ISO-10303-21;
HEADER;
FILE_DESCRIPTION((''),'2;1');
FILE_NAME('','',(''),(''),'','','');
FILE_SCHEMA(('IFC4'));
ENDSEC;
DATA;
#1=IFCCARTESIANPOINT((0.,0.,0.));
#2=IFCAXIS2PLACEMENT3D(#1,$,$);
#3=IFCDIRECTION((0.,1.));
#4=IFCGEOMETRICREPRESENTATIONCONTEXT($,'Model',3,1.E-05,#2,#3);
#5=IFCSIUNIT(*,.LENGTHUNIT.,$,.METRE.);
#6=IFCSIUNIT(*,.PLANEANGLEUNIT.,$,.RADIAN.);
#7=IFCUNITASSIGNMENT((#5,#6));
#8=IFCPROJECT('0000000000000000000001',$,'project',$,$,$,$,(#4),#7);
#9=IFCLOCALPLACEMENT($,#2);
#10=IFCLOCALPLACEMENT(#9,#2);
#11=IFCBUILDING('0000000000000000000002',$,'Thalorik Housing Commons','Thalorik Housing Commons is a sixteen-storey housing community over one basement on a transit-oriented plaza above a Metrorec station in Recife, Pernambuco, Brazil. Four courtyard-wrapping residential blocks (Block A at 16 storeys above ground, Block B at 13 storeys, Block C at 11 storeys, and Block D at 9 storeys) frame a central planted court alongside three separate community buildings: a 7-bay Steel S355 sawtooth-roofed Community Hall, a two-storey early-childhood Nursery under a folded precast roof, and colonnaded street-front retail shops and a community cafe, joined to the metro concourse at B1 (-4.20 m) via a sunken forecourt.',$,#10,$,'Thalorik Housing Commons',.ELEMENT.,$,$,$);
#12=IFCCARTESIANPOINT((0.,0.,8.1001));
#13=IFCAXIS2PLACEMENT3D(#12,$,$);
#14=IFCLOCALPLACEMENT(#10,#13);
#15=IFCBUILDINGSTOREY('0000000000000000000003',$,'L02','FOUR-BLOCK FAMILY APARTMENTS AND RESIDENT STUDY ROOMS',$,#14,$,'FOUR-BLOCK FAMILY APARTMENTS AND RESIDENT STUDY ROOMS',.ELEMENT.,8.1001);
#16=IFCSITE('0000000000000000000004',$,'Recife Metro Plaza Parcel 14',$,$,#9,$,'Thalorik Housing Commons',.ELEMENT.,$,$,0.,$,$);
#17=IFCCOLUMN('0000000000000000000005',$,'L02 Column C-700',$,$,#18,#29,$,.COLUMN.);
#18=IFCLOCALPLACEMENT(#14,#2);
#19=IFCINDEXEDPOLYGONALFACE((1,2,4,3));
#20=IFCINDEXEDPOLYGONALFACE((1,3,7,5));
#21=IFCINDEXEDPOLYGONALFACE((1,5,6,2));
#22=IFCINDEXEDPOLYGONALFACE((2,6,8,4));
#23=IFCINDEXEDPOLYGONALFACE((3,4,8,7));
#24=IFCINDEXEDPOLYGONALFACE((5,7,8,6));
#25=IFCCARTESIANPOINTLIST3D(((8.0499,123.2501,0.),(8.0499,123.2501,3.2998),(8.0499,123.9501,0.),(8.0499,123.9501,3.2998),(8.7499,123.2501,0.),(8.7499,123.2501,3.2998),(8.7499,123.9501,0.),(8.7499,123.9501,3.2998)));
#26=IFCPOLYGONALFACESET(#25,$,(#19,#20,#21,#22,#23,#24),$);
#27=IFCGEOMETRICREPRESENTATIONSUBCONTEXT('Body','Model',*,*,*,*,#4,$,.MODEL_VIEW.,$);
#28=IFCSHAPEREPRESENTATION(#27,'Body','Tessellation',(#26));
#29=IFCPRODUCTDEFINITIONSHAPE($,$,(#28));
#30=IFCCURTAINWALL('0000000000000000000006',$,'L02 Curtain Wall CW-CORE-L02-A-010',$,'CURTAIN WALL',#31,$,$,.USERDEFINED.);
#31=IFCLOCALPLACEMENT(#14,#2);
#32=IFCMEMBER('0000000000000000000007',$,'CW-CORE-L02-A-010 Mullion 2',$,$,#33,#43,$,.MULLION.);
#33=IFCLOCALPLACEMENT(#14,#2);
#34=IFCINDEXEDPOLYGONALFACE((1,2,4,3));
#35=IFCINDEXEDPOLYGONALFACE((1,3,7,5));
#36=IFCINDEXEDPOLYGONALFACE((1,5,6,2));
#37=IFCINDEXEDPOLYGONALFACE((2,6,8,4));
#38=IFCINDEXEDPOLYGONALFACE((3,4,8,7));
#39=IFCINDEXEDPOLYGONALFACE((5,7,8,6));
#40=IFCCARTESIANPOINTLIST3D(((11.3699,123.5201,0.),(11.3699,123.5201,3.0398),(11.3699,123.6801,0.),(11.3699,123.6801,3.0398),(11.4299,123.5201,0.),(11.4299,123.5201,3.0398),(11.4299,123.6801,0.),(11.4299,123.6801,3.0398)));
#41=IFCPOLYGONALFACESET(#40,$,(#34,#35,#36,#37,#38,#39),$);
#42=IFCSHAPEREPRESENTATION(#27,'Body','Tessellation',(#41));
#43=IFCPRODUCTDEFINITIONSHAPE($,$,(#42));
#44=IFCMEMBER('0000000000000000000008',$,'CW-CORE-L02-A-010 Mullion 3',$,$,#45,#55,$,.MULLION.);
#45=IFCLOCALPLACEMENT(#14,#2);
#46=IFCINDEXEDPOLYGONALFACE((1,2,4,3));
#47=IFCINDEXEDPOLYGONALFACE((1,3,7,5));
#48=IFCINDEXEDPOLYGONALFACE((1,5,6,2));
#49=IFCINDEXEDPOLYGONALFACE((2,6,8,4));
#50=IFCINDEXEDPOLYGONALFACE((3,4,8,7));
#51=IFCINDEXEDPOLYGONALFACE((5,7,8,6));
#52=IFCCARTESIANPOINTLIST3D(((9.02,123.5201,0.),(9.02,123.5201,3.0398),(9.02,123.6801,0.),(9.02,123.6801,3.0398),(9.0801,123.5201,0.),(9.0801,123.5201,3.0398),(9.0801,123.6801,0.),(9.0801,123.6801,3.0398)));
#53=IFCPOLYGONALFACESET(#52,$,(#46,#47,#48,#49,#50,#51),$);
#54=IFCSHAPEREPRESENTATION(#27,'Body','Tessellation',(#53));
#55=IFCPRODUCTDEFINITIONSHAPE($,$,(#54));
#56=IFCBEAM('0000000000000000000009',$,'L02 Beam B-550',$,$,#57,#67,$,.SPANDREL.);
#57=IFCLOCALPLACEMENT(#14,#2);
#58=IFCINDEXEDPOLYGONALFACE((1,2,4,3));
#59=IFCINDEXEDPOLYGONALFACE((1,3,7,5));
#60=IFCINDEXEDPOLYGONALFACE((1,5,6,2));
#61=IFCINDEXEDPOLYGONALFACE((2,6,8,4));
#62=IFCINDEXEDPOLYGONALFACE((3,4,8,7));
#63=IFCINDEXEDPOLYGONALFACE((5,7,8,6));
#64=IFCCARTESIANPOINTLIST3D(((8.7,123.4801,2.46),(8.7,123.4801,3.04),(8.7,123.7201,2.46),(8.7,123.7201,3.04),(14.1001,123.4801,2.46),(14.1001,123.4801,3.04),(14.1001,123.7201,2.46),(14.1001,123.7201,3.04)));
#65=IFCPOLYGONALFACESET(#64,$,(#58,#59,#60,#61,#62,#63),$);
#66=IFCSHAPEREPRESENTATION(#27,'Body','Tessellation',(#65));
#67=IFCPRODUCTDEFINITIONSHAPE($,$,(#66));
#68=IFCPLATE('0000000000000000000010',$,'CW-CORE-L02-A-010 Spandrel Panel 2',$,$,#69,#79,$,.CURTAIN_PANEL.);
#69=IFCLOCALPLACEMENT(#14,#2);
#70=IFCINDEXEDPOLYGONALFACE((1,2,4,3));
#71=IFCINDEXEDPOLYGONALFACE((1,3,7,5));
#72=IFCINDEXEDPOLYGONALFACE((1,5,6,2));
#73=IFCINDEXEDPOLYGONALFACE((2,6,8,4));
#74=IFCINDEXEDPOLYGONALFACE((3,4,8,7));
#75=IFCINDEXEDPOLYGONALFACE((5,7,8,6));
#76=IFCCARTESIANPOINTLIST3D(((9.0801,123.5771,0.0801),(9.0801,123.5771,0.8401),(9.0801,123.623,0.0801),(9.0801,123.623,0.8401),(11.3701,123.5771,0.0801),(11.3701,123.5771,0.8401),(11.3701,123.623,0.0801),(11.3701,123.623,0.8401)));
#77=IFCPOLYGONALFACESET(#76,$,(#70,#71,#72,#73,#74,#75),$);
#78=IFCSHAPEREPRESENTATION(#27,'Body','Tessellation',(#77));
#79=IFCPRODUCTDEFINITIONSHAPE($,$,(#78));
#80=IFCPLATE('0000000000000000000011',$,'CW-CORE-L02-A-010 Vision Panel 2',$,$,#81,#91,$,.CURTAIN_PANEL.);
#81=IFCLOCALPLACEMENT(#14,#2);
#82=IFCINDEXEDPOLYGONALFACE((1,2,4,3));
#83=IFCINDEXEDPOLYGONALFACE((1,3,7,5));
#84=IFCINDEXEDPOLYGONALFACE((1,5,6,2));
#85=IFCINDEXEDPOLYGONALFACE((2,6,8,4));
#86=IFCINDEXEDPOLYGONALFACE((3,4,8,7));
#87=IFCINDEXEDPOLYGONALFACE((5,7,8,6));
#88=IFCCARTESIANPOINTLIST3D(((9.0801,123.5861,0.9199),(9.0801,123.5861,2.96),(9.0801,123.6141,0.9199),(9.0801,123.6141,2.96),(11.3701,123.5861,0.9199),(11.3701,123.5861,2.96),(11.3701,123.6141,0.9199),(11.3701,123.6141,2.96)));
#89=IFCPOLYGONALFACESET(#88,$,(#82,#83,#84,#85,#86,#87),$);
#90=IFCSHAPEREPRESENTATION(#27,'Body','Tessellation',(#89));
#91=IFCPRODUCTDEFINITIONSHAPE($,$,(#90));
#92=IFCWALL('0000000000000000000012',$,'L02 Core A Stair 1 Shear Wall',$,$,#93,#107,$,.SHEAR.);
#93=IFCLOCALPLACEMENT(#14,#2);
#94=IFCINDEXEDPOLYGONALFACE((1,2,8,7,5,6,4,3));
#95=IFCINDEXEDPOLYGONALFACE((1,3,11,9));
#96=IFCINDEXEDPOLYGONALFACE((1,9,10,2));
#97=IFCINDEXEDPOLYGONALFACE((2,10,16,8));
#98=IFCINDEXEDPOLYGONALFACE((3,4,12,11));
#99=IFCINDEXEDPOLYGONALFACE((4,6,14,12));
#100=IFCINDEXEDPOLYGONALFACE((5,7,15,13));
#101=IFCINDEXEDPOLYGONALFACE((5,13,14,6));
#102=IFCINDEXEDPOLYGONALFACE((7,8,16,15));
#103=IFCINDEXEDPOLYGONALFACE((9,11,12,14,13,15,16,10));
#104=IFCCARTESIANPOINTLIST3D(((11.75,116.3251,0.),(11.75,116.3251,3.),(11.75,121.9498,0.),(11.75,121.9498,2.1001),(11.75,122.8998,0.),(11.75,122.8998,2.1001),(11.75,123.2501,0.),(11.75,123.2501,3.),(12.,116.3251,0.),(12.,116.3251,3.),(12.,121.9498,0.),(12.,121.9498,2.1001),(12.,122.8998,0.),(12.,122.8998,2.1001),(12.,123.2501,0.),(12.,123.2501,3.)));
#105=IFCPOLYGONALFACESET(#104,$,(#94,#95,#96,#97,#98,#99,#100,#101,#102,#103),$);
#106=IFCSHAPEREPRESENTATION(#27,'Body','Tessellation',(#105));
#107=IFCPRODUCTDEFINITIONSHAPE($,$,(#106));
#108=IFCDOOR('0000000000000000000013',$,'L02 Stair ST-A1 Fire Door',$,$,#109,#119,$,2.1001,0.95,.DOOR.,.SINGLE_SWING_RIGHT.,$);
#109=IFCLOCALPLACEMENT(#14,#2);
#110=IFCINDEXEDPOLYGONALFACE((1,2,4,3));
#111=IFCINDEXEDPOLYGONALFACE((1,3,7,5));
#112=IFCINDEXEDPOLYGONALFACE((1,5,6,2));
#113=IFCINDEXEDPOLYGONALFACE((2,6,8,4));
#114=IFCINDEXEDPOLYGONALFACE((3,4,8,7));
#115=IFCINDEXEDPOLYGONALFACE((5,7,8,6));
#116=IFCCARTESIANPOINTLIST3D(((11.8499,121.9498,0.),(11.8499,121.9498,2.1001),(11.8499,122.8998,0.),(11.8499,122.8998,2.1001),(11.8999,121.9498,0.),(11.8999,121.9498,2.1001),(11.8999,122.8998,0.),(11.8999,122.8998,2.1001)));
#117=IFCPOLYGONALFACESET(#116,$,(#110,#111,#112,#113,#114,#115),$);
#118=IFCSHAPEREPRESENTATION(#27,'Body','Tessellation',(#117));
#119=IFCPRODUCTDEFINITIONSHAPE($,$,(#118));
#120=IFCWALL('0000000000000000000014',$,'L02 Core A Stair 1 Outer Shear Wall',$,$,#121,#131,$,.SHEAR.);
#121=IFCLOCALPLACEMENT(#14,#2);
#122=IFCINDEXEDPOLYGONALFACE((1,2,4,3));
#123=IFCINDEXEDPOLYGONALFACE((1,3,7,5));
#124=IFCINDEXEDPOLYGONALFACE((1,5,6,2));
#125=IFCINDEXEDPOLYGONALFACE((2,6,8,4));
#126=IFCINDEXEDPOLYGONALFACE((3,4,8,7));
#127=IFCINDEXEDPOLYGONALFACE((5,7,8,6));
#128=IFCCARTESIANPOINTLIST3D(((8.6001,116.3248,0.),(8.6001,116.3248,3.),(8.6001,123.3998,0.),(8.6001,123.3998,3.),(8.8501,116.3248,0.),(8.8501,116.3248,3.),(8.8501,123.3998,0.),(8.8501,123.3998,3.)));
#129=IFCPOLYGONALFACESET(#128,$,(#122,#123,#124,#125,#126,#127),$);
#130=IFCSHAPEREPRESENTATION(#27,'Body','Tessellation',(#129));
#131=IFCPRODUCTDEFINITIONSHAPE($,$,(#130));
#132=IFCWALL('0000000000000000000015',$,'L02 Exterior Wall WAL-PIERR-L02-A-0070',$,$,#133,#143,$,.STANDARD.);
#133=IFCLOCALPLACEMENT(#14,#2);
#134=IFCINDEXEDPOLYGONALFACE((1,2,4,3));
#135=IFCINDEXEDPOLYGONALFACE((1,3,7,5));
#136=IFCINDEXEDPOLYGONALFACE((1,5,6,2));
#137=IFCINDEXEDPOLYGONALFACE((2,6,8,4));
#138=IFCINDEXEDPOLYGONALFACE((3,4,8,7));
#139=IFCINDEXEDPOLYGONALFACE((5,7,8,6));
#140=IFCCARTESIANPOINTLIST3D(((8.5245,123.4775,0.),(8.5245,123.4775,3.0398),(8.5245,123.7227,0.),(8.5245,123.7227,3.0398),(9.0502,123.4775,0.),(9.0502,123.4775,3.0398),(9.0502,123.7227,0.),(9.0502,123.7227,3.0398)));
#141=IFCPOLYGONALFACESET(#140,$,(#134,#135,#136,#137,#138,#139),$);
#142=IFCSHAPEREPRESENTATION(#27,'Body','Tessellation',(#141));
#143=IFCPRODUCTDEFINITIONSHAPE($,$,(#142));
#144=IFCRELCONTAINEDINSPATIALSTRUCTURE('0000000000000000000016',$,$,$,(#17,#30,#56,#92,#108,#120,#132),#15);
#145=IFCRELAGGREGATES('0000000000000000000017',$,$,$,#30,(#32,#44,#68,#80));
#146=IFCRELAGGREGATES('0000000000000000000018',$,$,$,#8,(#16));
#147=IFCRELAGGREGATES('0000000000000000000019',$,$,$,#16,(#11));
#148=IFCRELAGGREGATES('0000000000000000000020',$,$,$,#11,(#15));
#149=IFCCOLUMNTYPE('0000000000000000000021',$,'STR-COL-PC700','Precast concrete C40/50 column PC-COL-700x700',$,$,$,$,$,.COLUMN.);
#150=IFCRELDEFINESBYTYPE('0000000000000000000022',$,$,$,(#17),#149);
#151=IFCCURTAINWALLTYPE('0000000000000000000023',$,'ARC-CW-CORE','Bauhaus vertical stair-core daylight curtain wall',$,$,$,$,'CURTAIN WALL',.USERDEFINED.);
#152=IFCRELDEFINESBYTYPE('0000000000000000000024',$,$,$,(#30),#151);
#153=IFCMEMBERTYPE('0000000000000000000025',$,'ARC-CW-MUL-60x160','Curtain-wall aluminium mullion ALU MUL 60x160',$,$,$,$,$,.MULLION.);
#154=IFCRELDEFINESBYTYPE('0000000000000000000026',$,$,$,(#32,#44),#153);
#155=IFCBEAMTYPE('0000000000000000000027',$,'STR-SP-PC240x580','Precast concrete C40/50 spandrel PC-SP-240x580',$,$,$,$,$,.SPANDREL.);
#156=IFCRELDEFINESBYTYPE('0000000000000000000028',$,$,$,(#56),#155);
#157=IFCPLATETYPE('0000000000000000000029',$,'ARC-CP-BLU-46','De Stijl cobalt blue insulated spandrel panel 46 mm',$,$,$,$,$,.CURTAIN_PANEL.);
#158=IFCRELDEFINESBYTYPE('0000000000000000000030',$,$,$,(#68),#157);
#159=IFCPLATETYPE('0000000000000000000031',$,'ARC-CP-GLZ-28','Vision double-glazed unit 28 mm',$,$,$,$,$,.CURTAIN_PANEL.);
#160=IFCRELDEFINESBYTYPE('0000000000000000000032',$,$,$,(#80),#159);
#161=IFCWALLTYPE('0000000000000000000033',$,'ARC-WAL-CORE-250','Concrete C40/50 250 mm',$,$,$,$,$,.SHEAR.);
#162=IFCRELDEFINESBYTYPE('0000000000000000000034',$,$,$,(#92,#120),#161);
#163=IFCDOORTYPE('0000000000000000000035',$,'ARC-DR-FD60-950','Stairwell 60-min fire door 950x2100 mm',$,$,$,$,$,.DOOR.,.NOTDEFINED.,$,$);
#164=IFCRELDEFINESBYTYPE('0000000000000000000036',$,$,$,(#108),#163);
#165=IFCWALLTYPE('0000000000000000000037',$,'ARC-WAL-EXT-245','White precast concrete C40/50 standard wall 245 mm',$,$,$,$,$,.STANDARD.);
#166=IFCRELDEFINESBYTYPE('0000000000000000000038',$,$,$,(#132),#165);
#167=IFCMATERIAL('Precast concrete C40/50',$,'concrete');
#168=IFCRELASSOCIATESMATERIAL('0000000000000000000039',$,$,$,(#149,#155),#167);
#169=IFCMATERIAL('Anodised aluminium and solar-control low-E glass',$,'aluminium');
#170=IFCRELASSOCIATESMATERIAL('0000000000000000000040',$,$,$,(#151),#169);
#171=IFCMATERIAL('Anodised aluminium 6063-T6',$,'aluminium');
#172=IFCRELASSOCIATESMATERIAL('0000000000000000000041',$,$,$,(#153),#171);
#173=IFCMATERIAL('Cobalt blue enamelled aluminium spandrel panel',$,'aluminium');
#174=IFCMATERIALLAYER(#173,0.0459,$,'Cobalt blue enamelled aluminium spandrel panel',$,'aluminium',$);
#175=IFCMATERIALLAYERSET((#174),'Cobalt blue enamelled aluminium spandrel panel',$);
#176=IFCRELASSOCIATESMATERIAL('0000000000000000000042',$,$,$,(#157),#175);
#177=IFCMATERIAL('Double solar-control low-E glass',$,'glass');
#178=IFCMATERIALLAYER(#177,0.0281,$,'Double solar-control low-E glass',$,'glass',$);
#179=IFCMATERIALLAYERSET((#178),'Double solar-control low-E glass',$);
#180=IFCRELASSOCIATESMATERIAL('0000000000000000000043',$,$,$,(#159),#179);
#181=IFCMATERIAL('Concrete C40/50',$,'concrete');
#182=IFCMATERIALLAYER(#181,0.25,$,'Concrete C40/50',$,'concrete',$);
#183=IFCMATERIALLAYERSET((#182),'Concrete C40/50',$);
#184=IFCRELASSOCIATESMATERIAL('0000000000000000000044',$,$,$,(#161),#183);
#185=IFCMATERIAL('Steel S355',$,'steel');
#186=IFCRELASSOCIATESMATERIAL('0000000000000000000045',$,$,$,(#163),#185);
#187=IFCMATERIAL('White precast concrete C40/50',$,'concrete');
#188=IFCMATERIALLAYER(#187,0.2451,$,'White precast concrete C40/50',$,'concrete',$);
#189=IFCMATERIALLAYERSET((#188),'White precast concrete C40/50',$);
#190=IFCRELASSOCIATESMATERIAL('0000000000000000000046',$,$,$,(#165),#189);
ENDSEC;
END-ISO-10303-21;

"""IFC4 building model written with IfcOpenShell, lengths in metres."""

from ifc_helpers import new_model, si_unit, direction, frame, frame_2d, origin, origin_2d, place, context, subcontext, project, spatial, rectangle, extrude, material, layer, layer_set, material_profile, profile_set, type_object, element, fill, aggregate, save


model = new_model("IFC4")

# Units and contexts
model_context = context("Model", 3, precision=1e-05, world=origin(), true_north=direction((0.0, 1.0)))
body_context = subcontext(model_context, "Body", "Model", "MODEL_VIEW")
ifc_project = project(units=[si_unit("LENGTHUNIT", "METRE"), si_unit("PLANEANGLEUNIT", "RADIAN")], contexts=[model_context])

# Site, building, storey
site_placement = place(None, origin())
site = spatial("IfcSite", under=ifc_project, at=site_placement, Name="Recife Metro Plaza Parcel 14", LongName="Thalorik Housing Commons", CompositionType="ELEMENT", RefElevation=0.0)
building_placement = place(site_placement, origin())
building = spatial("IfcBuilding", under=site, at=building_placement, Name="Thalorik Housing Commons", Description="Thalorik Housing Commons is a sixteen-storey housing community over one basement on a transit-oriented plaza above a Metrorec station in Recife, Pernambuco, Brazil. Four courtyard-wrapping residential blocks (Block A at 16 storeys above ground, Block B at 13 storeys, Block C at 11 storeys, and Block D at 9 storeys) frame a central planted court alongside three separate community buildings: a 7-bay Steel S355 sawtooth-roofed Community Hall, a two-storey early-childhood Nursery under a folded precast roof, and colonnaded street-front retail shops and a community cafe, joined to the metro concourse at B1 (-4.20 m) via a sunken forecourt.", LongName="Thalorik Housing Commons", CompositionType="ELEMENT")
storey_placement = place(building_placement, frame((0.0, 0.0, 8.1001)))
storey = spatial("IfcBuildingStorey", under=building, at=storey_placement, Name="L02", Description="FOUR-BLOCK FAMILY APARTMENTS AND RESIDENT STUDY ROOMS", LongName="FOUR-BLOCK FAMILY APARTMENTS AND RESIDENT STUDY ROOMS", CompositionType="ELEMENT", Elevation=8.1001)

# Column
ifc_material_1 = material(Name="Precast concrete C40/50", Category="concrete")
ifc_material_profile_1 = material_profile(ifc_material_1, rectangle(XDim=0.7, YDim=0.7, at=origin_2d()), Name="PC 700x700", Category="concrete")
ifc_profile_set_1 = profile_set([ifc_material_profile_1], Name="Precast concrete C40/50")
column_type = type_object("IfcColumnType", Name="STR-COL-PC700", Description="Precast concrete C40/50 column PC-COL-700x700", PredefinedType="COLUMN", material=ifc_profile_set_1)
column_placement = place(storey_placement, frame((8.3999, 123.6001, 0.0), z_axis=(0.0, 0.0, 1.0), x_axis=(1.0, 0.0, 0.0)))
element("IfcColumn", 1, at=column_placement, inside=storey, type_object=column_type, Name="L02 Column C-700", PredefinedType="COLUMN", context=body_context, shape_type="SweptSolid", body=[
    extrude(rectangle(XDim=0.7, YDim=0.7, at=origin_2d()), origin(), (0.0, 0.0, 1.0), 3.2998),
])

# Curtain wall, members
ifc_material_2 = material(Name="Anodised aluminium and solar-control low-E glass", Category="aluminium")
curtain_wall_type = type_object("IfcCurtainWallType", Name="ARC-CW-CORE", Description="Bauhaus vertical stair-core daylight curtain wall", ElementType="CURTAIN WALL", PredefinedType="USERDEFINED", material=ifc_material_2)
curtain_wall_placement = place(storey_placement, origin())
curtain_wall = element("IfcCurtainWall", 2, at=curtain_wall_placement, inside=storey, type_object=curtain_wall_type, Name="L02 Curtain Wall CW-CORE-L02-A-010", ObjectType="CURTAIN WALL", PredefinedType="USERDEFINED")
ifc_material_3 = material(Name="Anodised aluminium 6063-T6", Category="aluminium")
ifc_material_profile_2 = material_profile(ifc_material_3, rectangle(XDim=0.0601, YDim=0.1599, at=origin_2d()), Name="ALU MUL 60x160", Category="aluminium")
ifc_profile_set_2 = profile_set([ifc_material_profile_2], Name="Anodised aluminium 6063-T6")
member_type = type_object("IfcMemberType", Name="ARC-CW-MUL-60x160", Description="Curtain-wall aluminium mullion ALU MUL 60x160", PredefinedType="MULLION", material=ifc_profile_set_2)
member_1_placement = place(storey_placement, frame((11.3999, 123.6001, 0.0), z_axis=(0.0, 0.0, 1.0), x_axis=(-1.0, 0.0, 0.0)))
member_1 = element("IfcMember", 3, at=member_1_placement, type_object=member_type, Name="CW-CORE-L02-A-010 Mullion 2", PredefinedType="MULLION", context=body_context, shape_type="SweptSolid", body=[
    extrude(rectangle(XDim=0.0601, YDim=0.1599, at=origin_2d()), origin(), (0.0, 0.0, 1.0), 3.0398),
])
member_2_placement = place(storey_placement, frame((9.05, 123.6001, 0.0), z_axis=(0.0, 0.0, 1.0), x_axis=(-1.0, 0.0, 0.0)))
member_2 = element("IfcMember", 4, at=member_2_placement, type_object=member_type, Name="CW-CORE-L02-A-010 Mullion 3", PredefinedType="MULLION", context=body_context, shape_type="SweptSolid", body=[
    extrude(rectangle(XDim=0.0601, YDim=0.1599, at=origin_2d()), origin(), (0.0, 0.0, 1.0), 3.0398),
])

# Beam
ifc_material_profile_3 = material_profile(ifc_material_1, rectangle(XDim=0.24, YDim=0.5801, at=origin_2d()), Name="PC SP 240x580", Category="concrete")
ifc_profile_set_3 = profile_set([ifc_material_profile_3], Name="Precast concrete C40/50")
beam_type = type_object("IfcBeamType", Name="STR-SP-PC240x580", Description="Precast concrete C40/50 spandrel PC-SP-240x580", PredefinedType="SPANDREL", material=ifc_profile_set_3)
beam_placement = place(storey_placement, frame((8.7, 123.6001, 2.75), z_axis=(1.0, 0.0, 0.0), x_axis=(0.0, 1.0, 0.0)))
element("IfcBeam", 5, at=beam_placement, inside=storey, type_object=beam_type, Name="L02 Beam B-550", PredefinedType="SPANDREL", context=body_context, shape_type="SweptSolid", body=[
    extrude(rectangle(XDim=0.24, YDim=0.5801, at=origin_2d()), origin(), (0.0, 0.0, 1.0), 5.4001),
])

# Plates
ifc_material_4 = material(Name="Cobalt blue enamelled aluminium spandrel panel", Category="aluminium")
ifc_layer_1 = layer(ifc_material_4, 0.0459, Name="Cobalt blue enamelled aluminium spandrel panel", Category="aluminium")
ifc_layer_set_1 = layer_set([ifc_layer_1], Name="Cobalt blue enamelled aluminium spandrel panel")
plate_type_1 = type_object("IfcPlateType", Name="ARC-CP-BLU-46", Description="De Stijl cobalt blue insulated spandrel panel 46 mm", PredefinedType="CURTAIN_PANEL", material=ifc_layer_set_1)
plate_1_placement = place(storey_placement, frame((10.2251, 123.6001, 0.0801), z_axis=(0.0, 0.0, 1.0), x_axis=(-1.0, 0.0, 0.0)))
plate_1 = element("IfcPlate", 6, at=plate_1_placement, type_object=plate_type_1, Name="CW-CORE-L02-A-010 Spandrel Panel 2", PredefinedType="CURTAIN_PANEL", context=body_context, shape_type="SweptSolid", body=[
    extrude(rectangle(XDim=2.29, YDim=0.0459, at=origin_2d()), origin(), (0.0, 0.0, 1.0), 0.76),
])
ifc_material_5 = material(Name="Double solar-control low-E glass", Category="glass")
ifc_layer_2 = layer(ifc_material_5, 0.0281, Name="Double solar-control low-E glass", Category="glass")
ifc_layer_set_2 = layer_set([ifc_layer_2], Name="Double solar-control low-E glass")
plate_type_2 = type_object("IfcPlateType", Name="ARC-CP-GLZ-28", Description="Vision double-glazed unit 28 mm", PredefinedType="CURTAIN_PANEL", material=ifc_layer_set_2)
plate_2_placement = place(storey_placement, frame((10.2251, 123.6001, 0.9199), z_axis=(0.0, 0.0, 1.0), x_axis=(-1.0, 0.0, 0.0)))
plate_2 = element("IfcPlate", 7, at=plate_2_placement, type_object=plate_type_2, Name="CW-CORE-L02-A-010 Vision Panel 2", PredefinedType="CURTAIN_PANEL", context=body_context, shape_type="SweptSolid", body=[
    extrude(rectangle(XDim=2.29, YDim=0.0281, at=origin_2d()), origin(), (0.0, 0.0, 1.0), 2.04),
])
aggregate(curtain_wall, [member_1, member_2, plate_1, plate_2])

# Wall, opening, door
ifc_material_6 = material(Name="Concrete C40/50", Category="concrete")
ifc_layer_3 = layer(ifc_material_6, 0.25, Name="Concrete C40/50", Category="concrete")
ifc_layer_set_3 = layer_set([ifc_layer_3], Name="Concrete C40/50")
wall_type_1 = type_object("IfcWallType", Name="ARC-WAL-CORE-250", Description="Concrete C40/50 250 mm", PredefinedType="SHEAR", material=ifc_layer_set_3)
wall_1_placement = place(storey_placement, frame((11.875, 123.25, 0.0), z_axis=(0.0, 0.0, 1.0), x_axis=(0.0, -1.0, 0.0)))
wall_1 = element("IfcWall", 8, at=wall_1_placement, inside=storey, type_object=wall_type_1, Name="L02 Core A Stair 1 Shear Wall", PredefinedType="SHEAR", context=body_context, shape_type="SweptSolid", body=[
    extrude(rectangle(XDim=6.925, YDim=0.25, at=frame_2d((3.4624, 0.0))), origin(), (0.0, 0.0, 1.0), 3.0),
])
opening_1_placement = place(wall_1_placement, frame((0.3501, 0.0, 0.0)))
opening_1 = element("IfcOpeningElement", 9, at=opening_1_placement, cuts=wall_1, PredefinedType="OPENING", context=body_context, shape_type="SweptSolid", body=[
    extrude(rectangle(XDim=0.95, YDim=2.1001, at=frame_2d((0.4751, 1.05))), frame((0.0, 0.135, 0.0), z_axis=(0.0, -1.0, 0.0), x_axis=(1.0, 0.0, 0.0)), (0.0, 0.0, 1.0), 0.27),
])
ifc_material_7 = material(Name="Steel S355", Category="steel")
door_type = type_object("IfcDoorType", Name="ARC-DR-FD60-950", Description="Stairwell 60-min fire door 950x2100 mm", OperationType="NOTDEFINED", PredefinedType="DOOR", material=ifc_material_7)
door_placement = place(opening_1_placement, origin())
door = element("IfcDoor", 10, at=door_placement, inside=storey, type_object=door_type, Name="L02 Stair ST-A1 Fire Door", OperationType="SINGLE_SWING_RIGHT", OverallHeight=2.1001, OverallWidth=0.95, PredefinedType="DOOR", context=body_context, shape_type="SweptSolid", body=[
    extrude(rectangle(XDim=0.95, YDim=2.1001, at=frame_2d((0.4751, 1.05))), frame((0.0, 0.0249, 0.0), z_axis=(0.0, -1.0, 0.0), x_axis=(1.0, 0.0, 0.0)), (0.0, 0.0, 1.0), 0.05),
])
fill(opening_1, door)

# Walls
wall_2_placement = place(storey_placement, frame((8.7251, 123.3999, 0.0), z_axis=(0.0, 0.0, 1.0), x_axis=(0.0, -1.0, 0.0)))
element("IfcWall", 11, at=wall_2_placement, inside=storey, type_object=wall_type_1, Name="L02 Core A Stair 1 Outer Shear Wall", PredefinedType="SHEAR", context=body_context, shape_type="SweptSolid", body=[
    extrude(rectangle(XDim=7.075, YDim=0.25, at=frame_2d((3.5376, 0.0))), origin(), (0.0, 0.0, 1.0), 3.0),
])
ifc_material_8 = material(Name="White precast concrete C40/50", Category="concrete")
ifc_layer_4 = layer(ifc_material_8, 0.2451, Name="White precast concrete C40/50", Category="concrete")
ifc_layer_set_4 = layer_set([ifc_layer_4], Name="White precast concrete C40/50")
wall_type_2 = type_object("IfcWallType", Name="ARC-WAL-EXT-245", Description="White precast concrete C40/50 standard wall 245 mm", PredefinedType="STANDARD", material=ifc_layer_set_4)
wall_3_placement = place(storey_placement, frame((9.05, 123.6001, 0.0), z_axis=(0.0, 0.0, 1.0), x_axis=(-1.0, 0.0, 0.0)))
element("IfcWall", 12, at=wall_3_placement, inside=storey, type_object=wall_type_2, Name="L02 Exterior Wall WAL-PIERR-L02-A-0070", PredefinedType="STANDARD", context=body_context, shape_type="SweptSolid", body=[
    extrude(rectangle(XDim=0.5256, YDim=0.2451, at=frame_2d((0.2627, 0.0))), origin(), (0.0, 0.0, 1.0), 3.0398),
])

save(model, "model.ifc")
